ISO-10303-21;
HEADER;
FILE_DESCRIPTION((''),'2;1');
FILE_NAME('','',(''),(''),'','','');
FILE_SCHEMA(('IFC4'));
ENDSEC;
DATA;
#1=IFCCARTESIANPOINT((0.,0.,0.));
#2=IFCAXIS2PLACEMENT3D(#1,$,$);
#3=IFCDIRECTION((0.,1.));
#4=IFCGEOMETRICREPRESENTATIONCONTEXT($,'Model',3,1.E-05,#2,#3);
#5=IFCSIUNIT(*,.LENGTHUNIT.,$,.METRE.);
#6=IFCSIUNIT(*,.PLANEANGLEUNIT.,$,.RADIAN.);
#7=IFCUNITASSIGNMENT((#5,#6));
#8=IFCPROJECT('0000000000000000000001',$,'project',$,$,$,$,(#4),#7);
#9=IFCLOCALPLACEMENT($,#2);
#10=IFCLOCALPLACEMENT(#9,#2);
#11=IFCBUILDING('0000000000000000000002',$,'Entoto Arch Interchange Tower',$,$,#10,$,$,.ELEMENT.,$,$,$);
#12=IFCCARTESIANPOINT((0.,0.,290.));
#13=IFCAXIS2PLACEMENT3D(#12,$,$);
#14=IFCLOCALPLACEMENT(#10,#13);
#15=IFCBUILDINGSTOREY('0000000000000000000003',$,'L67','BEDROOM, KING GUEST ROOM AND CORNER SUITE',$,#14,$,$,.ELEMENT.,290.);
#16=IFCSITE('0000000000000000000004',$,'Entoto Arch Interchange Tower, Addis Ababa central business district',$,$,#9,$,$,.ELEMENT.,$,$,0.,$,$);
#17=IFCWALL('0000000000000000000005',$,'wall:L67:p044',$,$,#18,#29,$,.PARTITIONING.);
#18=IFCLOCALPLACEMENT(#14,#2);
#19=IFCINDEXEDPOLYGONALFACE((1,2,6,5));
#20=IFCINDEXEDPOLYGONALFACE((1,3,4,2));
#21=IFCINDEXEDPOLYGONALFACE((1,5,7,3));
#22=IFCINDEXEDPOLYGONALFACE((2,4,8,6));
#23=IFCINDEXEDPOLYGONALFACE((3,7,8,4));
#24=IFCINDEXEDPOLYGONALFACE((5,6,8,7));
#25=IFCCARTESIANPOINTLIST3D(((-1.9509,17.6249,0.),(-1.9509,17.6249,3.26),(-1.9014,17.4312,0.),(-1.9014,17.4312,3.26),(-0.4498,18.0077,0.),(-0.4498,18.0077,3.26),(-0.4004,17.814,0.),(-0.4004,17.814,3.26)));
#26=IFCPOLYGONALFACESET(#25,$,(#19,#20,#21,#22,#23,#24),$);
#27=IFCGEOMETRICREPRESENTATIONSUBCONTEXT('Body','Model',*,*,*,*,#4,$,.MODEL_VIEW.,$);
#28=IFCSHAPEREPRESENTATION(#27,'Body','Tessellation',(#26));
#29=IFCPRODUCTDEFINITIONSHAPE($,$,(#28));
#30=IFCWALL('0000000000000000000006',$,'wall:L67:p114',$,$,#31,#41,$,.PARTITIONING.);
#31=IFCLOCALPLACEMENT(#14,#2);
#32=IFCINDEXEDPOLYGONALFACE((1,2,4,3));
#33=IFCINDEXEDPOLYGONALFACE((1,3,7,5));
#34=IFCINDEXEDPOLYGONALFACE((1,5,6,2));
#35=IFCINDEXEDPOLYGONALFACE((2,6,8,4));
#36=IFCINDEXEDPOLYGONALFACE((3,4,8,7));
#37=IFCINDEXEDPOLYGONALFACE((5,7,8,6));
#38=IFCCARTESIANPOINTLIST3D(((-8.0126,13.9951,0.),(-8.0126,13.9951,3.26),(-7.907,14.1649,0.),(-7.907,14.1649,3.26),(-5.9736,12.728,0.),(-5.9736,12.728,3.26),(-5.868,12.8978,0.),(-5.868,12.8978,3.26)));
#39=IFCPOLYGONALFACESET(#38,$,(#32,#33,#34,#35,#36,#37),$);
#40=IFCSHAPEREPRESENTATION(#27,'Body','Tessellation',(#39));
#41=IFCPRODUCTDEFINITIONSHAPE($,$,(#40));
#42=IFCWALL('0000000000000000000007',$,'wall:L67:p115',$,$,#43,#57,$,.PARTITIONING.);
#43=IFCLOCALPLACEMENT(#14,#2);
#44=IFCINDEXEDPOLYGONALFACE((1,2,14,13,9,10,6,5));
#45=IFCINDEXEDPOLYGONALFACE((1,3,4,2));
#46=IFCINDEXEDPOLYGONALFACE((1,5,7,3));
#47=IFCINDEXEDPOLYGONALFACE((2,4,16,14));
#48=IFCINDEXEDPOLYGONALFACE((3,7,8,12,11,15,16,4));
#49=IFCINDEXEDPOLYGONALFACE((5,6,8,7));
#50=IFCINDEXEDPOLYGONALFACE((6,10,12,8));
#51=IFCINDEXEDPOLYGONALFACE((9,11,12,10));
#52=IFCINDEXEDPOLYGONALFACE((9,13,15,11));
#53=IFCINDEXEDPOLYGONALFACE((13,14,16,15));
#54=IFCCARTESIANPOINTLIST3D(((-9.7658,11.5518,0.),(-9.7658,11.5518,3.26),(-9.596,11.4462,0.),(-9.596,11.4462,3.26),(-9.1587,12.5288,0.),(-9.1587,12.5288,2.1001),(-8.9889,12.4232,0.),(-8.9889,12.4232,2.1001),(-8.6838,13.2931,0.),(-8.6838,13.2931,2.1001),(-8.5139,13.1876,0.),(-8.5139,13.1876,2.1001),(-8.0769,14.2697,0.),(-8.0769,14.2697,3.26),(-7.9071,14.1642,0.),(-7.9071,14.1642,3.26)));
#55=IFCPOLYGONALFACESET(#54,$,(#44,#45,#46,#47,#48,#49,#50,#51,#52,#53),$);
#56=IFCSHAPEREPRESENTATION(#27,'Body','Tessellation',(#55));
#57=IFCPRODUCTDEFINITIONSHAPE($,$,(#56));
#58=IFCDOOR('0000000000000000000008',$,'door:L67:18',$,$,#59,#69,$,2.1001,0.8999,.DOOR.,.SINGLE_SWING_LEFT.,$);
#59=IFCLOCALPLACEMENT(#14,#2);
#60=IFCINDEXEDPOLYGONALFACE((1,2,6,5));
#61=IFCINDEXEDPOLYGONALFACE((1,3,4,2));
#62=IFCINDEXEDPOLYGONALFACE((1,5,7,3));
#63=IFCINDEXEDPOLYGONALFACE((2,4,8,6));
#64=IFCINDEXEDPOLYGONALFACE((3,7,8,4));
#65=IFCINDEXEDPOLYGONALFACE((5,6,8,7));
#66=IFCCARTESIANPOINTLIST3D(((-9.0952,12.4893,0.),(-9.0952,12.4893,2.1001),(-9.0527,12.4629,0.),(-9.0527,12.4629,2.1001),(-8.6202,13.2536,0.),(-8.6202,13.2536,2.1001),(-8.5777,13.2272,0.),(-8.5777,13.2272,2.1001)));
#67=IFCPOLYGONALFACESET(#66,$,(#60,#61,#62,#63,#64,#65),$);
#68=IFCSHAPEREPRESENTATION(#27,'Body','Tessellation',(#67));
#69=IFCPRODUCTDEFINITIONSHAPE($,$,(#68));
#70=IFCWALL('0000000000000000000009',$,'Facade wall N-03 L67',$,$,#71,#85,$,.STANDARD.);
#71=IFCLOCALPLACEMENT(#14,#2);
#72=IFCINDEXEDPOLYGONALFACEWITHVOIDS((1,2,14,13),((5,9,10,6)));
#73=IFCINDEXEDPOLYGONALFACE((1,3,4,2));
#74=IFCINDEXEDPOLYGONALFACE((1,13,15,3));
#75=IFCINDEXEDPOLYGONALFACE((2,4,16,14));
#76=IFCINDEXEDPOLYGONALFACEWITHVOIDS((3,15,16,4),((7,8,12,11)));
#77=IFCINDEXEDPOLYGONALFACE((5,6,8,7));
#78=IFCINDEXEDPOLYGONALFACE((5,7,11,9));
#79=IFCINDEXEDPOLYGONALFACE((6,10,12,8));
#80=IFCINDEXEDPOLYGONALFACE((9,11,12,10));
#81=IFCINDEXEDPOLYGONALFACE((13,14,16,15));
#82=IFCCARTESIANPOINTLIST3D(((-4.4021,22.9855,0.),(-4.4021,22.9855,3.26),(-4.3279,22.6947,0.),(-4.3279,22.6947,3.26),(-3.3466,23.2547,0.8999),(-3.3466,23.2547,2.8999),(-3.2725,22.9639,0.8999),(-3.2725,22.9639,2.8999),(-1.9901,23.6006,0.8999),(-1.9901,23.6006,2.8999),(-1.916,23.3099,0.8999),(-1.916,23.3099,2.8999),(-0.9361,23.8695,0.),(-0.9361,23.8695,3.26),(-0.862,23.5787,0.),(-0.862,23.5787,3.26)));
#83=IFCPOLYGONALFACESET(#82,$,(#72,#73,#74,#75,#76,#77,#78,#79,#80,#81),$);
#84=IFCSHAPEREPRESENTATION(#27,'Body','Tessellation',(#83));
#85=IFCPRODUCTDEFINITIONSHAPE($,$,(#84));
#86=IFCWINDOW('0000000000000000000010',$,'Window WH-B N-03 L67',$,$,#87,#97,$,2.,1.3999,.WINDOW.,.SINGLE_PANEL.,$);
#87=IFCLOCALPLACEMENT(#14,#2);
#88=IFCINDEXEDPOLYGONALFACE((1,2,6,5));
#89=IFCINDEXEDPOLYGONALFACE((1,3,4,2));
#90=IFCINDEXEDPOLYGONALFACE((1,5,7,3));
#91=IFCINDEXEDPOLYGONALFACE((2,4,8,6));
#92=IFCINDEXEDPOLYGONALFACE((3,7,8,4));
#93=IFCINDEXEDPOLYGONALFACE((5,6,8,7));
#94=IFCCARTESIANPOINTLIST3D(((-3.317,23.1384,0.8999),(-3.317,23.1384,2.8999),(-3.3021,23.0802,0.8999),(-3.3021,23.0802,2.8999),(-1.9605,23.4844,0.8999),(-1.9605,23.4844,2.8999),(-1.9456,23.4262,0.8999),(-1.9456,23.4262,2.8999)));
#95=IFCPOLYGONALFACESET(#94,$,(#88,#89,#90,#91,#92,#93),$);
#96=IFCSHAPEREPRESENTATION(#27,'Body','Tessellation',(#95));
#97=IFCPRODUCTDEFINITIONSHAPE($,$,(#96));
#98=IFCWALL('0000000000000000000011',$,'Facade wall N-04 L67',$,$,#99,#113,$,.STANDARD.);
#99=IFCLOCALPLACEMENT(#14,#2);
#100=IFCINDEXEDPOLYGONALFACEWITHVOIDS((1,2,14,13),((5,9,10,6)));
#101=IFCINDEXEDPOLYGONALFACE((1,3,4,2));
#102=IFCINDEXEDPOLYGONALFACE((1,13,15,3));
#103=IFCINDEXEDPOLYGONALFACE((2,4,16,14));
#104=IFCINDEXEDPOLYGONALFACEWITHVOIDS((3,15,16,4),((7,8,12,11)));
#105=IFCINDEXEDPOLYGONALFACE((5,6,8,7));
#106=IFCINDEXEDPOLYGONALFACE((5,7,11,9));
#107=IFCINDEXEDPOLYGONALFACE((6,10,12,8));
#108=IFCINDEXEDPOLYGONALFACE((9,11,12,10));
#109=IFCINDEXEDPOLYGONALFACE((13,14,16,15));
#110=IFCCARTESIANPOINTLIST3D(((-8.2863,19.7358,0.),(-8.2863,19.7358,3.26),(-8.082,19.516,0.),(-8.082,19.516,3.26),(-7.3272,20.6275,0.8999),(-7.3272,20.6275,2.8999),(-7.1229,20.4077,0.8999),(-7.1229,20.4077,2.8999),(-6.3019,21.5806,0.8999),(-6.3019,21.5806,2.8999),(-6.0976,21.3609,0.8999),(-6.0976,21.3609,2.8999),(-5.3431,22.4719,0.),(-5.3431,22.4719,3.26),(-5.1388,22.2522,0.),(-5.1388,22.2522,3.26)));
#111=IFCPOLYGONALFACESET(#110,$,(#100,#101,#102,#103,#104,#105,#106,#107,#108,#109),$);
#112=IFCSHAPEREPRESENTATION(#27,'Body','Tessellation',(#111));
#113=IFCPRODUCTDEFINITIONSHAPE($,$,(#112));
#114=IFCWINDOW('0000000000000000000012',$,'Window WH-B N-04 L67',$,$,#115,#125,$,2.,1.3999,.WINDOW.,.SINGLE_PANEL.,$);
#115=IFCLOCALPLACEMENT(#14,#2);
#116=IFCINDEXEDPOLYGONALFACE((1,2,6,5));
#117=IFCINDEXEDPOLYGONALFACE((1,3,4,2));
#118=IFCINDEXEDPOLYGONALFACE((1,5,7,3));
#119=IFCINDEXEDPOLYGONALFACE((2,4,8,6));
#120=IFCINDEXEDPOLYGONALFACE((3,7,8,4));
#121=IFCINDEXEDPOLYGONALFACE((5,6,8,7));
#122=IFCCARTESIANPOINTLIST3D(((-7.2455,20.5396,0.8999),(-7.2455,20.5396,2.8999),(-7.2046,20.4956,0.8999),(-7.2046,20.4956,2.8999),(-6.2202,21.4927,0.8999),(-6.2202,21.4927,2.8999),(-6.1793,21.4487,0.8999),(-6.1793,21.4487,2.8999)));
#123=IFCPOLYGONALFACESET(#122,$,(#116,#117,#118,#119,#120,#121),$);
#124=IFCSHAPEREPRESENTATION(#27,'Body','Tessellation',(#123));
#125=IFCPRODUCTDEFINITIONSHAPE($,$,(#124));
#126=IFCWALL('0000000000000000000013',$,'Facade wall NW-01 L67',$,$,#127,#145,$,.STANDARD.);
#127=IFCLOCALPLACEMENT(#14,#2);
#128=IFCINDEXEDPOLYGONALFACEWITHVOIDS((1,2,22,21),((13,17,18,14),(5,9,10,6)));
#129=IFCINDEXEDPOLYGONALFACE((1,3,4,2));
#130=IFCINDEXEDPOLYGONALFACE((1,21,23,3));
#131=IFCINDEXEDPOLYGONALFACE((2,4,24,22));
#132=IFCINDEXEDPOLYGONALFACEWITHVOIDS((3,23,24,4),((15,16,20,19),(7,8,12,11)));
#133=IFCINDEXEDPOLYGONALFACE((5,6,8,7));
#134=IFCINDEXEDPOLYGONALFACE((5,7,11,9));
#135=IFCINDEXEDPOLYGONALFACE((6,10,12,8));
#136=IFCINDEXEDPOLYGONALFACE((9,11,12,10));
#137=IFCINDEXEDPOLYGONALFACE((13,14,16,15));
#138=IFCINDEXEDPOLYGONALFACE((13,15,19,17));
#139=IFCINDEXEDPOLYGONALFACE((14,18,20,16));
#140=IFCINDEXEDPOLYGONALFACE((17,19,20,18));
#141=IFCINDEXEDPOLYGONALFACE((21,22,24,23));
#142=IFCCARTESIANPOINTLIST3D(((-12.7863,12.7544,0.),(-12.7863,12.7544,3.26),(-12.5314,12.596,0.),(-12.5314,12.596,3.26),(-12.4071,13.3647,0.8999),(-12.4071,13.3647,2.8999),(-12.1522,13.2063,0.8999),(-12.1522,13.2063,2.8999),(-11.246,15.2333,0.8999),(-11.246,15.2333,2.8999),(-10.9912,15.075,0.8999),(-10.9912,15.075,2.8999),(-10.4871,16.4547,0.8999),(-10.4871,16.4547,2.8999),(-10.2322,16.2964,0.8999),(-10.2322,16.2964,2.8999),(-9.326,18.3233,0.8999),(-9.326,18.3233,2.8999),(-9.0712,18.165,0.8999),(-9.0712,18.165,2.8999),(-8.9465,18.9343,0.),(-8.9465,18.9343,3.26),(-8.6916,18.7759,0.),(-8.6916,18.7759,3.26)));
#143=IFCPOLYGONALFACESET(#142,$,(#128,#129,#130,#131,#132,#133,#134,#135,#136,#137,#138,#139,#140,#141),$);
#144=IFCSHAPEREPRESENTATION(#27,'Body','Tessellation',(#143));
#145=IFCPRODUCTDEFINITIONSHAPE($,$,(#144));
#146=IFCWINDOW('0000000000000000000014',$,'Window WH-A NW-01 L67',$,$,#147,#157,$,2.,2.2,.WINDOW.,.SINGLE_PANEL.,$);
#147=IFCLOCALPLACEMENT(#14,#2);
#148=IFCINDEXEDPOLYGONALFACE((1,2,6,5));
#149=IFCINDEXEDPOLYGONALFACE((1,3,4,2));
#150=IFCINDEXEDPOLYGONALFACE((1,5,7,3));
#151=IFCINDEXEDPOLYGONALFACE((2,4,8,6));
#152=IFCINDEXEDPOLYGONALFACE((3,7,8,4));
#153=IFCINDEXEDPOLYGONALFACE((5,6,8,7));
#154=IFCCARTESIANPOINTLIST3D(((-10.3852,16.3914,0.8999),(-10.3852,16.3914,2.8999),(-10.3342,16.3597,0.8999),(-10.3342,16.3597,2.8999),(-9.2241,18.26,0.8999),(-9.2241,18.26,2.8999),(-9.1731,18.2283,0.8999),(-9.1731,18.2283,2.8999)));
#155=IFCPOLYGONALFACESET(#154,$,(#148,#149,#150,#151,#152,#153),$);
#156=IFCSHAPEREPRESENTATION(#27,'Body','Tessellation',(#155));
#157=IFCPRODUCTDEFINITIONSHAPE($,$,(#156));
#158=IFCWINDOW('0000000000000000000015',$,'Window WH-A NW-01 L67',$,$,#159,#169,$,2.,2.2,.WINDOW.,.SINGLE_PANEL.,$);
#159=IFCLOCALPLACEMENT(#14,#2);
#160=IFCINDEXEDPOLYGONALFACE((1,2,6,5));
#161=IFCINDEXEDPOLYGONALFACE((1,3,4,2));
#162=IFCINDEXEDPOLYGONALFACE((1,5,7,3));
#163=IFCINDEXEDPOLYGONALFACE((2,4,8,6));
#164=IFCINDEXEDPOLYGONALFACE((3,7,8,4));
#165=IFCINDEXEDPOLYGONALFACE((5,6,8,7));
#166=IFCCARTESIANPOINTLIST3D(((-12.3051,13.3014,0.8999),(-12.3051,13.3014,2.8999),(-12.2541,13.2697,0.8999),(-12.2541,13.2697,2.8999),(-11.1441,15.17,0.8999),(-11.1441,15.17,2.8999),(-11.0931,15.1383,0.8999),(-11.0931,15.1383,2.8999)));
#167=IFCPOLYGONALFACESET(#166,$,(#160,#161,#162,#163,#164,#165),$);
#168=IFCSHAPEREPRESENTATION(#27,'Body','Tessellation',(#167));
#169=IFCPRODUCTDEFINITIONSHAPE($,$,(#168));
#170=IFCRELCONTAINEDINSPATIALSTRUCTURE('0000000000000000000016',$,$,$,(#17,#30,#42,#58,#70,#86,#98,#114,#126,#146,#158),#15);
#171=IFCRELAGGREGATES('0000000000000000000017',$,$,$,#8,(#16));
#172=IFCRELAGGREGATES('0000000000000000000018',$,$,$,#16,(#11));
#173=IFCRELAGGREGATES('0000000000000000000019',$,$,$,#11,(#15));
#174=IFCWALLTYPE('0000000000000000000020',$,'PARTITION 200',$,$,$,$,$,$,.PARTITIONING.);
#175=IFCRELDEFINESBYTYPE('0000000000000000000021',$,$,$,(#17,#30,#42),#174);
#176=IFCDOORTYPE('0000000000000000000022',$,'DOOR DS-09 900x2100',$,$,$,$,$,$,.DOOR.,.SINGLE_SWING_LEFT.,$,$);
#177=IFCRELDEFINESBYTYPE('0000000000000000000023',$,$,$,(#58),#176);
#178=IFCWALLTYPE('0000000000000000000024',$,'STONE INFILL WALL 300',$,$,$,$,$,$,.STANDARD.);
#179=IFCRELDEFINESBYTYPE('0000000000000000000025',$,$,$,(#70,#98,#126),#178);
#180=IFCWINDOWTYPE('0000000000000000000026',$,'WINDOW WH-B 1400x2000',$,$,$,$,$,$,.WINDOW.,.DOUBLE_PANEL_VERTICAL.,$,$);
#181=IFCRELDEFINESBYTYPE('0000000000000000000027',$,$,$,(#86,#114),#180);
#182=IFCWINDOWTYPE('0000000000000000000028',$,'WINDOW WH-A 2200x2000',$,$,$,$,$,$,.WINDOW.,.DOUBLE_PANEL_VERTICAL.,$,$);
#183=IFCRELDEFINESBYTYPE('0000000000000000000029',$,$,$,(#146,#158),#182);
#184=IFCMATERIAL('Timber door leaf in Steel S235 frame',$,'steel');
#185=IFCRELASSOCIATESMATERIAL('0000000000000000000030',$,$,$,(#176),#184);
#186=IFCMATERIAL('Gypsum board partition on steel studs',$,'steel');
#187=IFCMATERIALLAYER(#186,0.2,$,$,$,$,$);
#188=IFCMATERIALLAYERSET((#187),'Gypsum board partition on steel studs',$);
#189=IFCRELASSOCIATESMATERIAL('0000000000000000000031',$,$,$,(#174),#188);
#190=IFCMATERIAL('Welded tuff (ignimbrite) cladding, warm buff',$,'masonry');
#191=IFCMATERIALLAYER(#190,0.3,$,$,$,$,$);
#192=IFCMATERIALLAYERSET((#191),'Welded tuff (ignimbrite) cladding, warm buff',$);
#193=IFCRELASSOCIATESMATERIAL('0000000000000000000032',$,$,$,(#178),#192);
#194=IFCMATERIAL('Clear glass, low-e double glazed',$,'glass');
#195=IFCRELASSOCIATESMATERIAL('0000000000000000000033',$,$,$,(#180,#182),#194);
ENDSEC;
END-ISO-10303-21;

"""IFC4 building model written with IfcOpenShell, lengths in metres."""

from ifc_helpers import new_model, si_unit, direction, frame, frame_2d, origin, place, context, subcontext, project, spatial, rectangle, extrude, material, layer, layer_set, type_object, element, fill, save


model = new_model("IFC4")

# Units and contexts
model_context = context("Model", 3, precision=1e-05, world=origin(), true_north=direction((0.0, 1.0)))
body_context = subcontext(model_context, "Body", "Model", "MODEL_VIEW")
ifc_project = project(units=[si_unit("LENGTHUNIT", "METRE"), si_unit("PLANEANGLEUNIT", "RADIAN")], contexts=[model_context])

# Site, building, storey
site_placement = place(None, origin())
site = spatial("IfcSite", under=ifc_project, at=site_placement, Name="Entoto Arch Interchange Tower, Addis Ababa central business district", CompositionType="ELEMENT", RefElevation=0.0)
building_placement = place(site_placement, origin())
building = spatial("IfcBuilding", under=site, at=building_placement, Name="Entoto Arch Interchange Tower", CompositionType="ELEMENT")
storey_placement = place(building_placement, frame((0.0, 0.0, 290.0)))
storey = spatial("IfcBuildingStorey", under=building, at=storey_placement, Name="L67", Description="BEDROOM, KING GUEST ROOM AND CORNER SUITE", CompositionType="ELEMENT", Elevation=290.0)

# Shared definitions
ifc_material_1 = material(Name="Gypsum board partition on steel studs", Category="steel")
ifc_material_2 = material(Name="Timber door leaf in Steel S235 frame", Category="steel")
door_type_1 = type_object("IfcDoorType", Name="DOOR DS-09 900x2100", OperationType="SINGLE_SWING_LEFT", PredefinedType="DOOR", material=ifc_material_2)

# Shared definitions
ifc_layer_1 = layer(ifc_material_1, 0.2)
ifc_layer_set_1 = layer_set([ifc_layer_1], Name="Gypsum board partition on steel studs")
wall_type_1 = type_object("IfcWallType", Name="PARTITION 200", PredefinedType="PARTITIONING", material=ifc_layer_set_1)

# Walls
wall_1_placement = place(storey_placement, frame((-1.926, 17.5281, 0.0), z_axis=(0.0, 0.0, 1.0), x_axis=(0.968982, 0.247131, 0.0)))
element("IfcWall", 1, at=wall_1_placement, inside=storey, type_object=wall_type_1, Name="wall:L67:p044", PredefinedType="PARTITIONING", context=body_context, shape_type="SweptSolid", body=[
    extrude(rectangle(XDim=1.5491, YDim=0.2, at=frame_2d((0.7744, 0.0))), origin(), (0.0, 0.0, 1.0), 3.26),
])
wall_2_placement = place(storey_placement, frame((-5.9209, 12.813, 0.0), z_axis=(0.0, 0.0, 1.0), x_axis=(-0.849367, 0.527803, 0.0)))
element("IfcWall", 2, at=wall_2_placement, inside=storey, type_object=wall_type_1, Name="wall:L67:p114", PredefinedType="PARTITIONING", context=body_context, shape_type="SweptSolid", body=[
    extrude(rectangle(XDim=2.4006, YDim=0.2, at=frame_2d((1.2002, 0.0))), origin(), (0.0, 0.0, 1.0), 3.26),
])

# Wall, opening, door
wall_3_placement = place(storey_placement, frame((-7.9919, 14.217, 0.0), z_axis=(0.0, 0.0, 1.0), x_axis=(-0.527796, -0.849371, 0.0)))
wall_3 = element("IfcWall", 3, at=wall_3_placement, inside=storey, type_object=wall_type_1, Name="wall:L67:p115", PredefinedType="PARTITIONING", context=body_context, shape_type="SweptSolid", body=[
    extrude(rectangle(XDim=3.2, YDim=0.2, at=frame_2d((1.6001, 0.0))), origin(), (0.0, 0.0, 1.0), 3.26),
])
opening_1_placement = place(wall_3_placement, frame((1.1499, 0.0, 0.0)))
opening_1 = element("IfcOpeningElement", 4, at=opening_1_placement, cuts=wall_3, PredefinedType="OPENING", context=body_context, shape_type="SweptSolid", body=[
    extrude(rectangle(XDim=0.8999, YDim=2.1001, at=frame_2d((0.45, 1.05))), frame((0.0, 0.1099, 0.0), z_axis=(0.0, -1.0, 0.0), x_axis=(1.0, 0.0, 0.0)), (0.0, 0.0, 1.0), 0.22),
])
door_1_placement = place(opening_1_placement, origin())
door_1 = element("IfcDoor", 5, at=door_1_placement, inside=storey, type_object=door_type_1, Name="door:L67:18", OperationType="SINGLE_SWING_LEFT", OverallHeight=2.1001, OverallWidth=0.8999, PredefinedType="DOOR", context=body_context, shape_type="SweptSolid", body=[
    extrude(rectangle(XDim=0.8999, YDim=2.1001, at=frame_2d((0.45, 1.05))), frame((0.0, 0.0249, 0.0), z_axis=(0.0, -1.0, 0.0), x_axis=(1.0, 0.0, 0.0)), (0.0, 0.0, 1.0), 0.05),
])
fill(opening_1, door_1)

# Walls, openings, windows
ifc_material_3 = material(Name="Welded tuff (ignimbrite) cladding, warm buff", Category="masonry")
ifc_layer_2 = layer(ifc_material_3, 0.3)
ifc_layer_set_2 = layer_set([ifc_layer_2], Name="Welded tuff (ignimbrite) cladding, warm buff")
wall_type_2 = type_object("IfcWallType", Name="STONE INFILL WALL 300", PredefinedType="STANDARD", material=ifc_layer_set_2)
wall_4_placement = place(storey_placement, frame((-0.8989, 23.7241, 0.0), z_axis=(0.0, 0.0, 1.0), x_axis=(-0.968979, -0.247142, 0.0)))
wall_4 = element("IfcWall", 6, at=wall_4_placement, inside=storey, type_object=wall_type_2, Name="Facade wall N-03 L67", PredefinedType="STANDARD", context=body_context, shape_type="SweptSolid", body=[
    extrude(rectangle(XDim=3.5769, YDim=0.3, at=frame_2d((1.7886, 0.0))), origin(), (0.0, 0.0, 1.0), 3.26),
])
opening_2_placement = place(wall_4_placement, frame((1.0879, 0.0, 0.8999)))
opening_2 = element("IfcOpeningElement", 7, at=opening_2_placement, cuts=wall_4, PredefinedType="OPENING", context=body_context, shape_type="SweptSolid", body=[
    extrude(rectangle(XDim=1.3999, YDim=2.0, at=frame_2d((0.7, 1.0))), frame((0.0, 0.1602, 0.0), z_axis=(0.0, -1.0, 0.0), x_axis=(1.0, 0.0, 0.0)), (0.0, 0.0, 1.0), 0.3201),
])
ifc_material_4 = material(Name="Clear glass, low-e double glazed", Category="glass")
window_type_1 = type_object("IfcWindowType", Name="WINDOW WH-B 1400x2000", PartitioningType="DOUBLE_PANEL_VERTICAL", PredefinedType="WINDOW", material=ifc_material_4)
window_1_placement = place(opening_2_placement, origin())
window_1 = element("IfcWindow", 8, at=window_1_placement, inside=storey, type_object=window_type_1, Name="Window WH-B N-03 L67", OverallHeight=2.0, OverallWidth=1.3999, PartitioningType="SINGLE_PANEL", PredefinedType="WINDOW", context=body_context, shape_type="SweptSolid", body=[
    extrude(rectangle(XDim=1.3999, YDim=2.0, at=frame_2d((0.7, 1.0))), frame((0.0, 0.03, 0.0), z_axis=(0.0, -1.0, 0.0), x_axis=(1.0, 0.0, 0.0)), (0.0, 0.0, 1.0), 0.0601),
])
fill(opening_2, window_1)
wall_5_placement = place(storey_placement, frame((-5.241, 22.3621, 0.0), z_axis=(0.0, 0.0, 1.0), x_axis=(-0.732397, -0.680877, 0.0)))
wall_5 = element("IfcWall", 9, at=wall_5_placement, inside=storey, type_object=wall_type_2, Name="Facade wall N-04 L67", PredefinedType="STANDARD", context=body_context, shape_type="SweptSolid", body=[
    extrude(rectangle(XDim=4.0186, YDim=0.3, at=frame_2d((2.0093, 0.0))), origin(), (0.0, 0.0, 1.0), 3.26),
])
opening_3_placement = place(wall_5_placement, frame((1.3091, 0.0, 0.8999)))
opening_3 = element("IfcOpeningElement", 10, at=opening_3_placement, cuts=wall_5, PredefinedType="OPENING", context=body_context, shape_type="SweptSolid", body=[
    extrude(rectangle(XDim=1.3999, YDim=2.0, at=frame_2d((0.7, 1.0))), frame((0.0, 0.1602, 0.0), z_axis=(0.0, -1.0, 0.0), x_axis=(1.0, 0.0, 0.0)), (0.0, 0.0, 1.0), 0.3201),
])
window_2_placement = place(opening_3_placement, origin())
window_2 = element("IfcWindow", 11, at=window_2_placement, inside=storey, type_object=window_type_1, Name="Window WH-B N-04 L67", OverallHeight=2.0, OverallWidth=1.3999, PartitioningType="SINGLE_PANEL", PredefinedType="WINDOW", context=body_context, shape_type="SweptSolid", body=[
    extrude(rectangle(XDim=1.3999, YDim=2.0, at=frame_2d((0.7, 1.0))), frame((0.0, 0.03, 0.0), z_axis=(0.0, -1.0, 0.0), x_axis=(1.0, 0.0, 0.0)), (0.0, 0.0, 1.0), 0.0601),
])
fill(opening_3, window_2)

# Wall, openings, windows
wall_6_placement = place(storey_placement, frame((-8.8191, 18.855, 0.0), z_axis=(0.0, 0.0, 1.0), x_axis=(-0.527762, -0.849392, 0.0)))
wall_6 = element("IfcWall", 12, at=wall_6_placement, inside=storey, type_object=wall_type_2, Name="Facade wall NW-01 L67", PredefinedType="STANDARD", context=body_context, shape_type="SweptSolid", body=[
    extrude(rectangle(XDim=7.2756, YDim=0.3, at=frame_2d((3.6377, 0.0))), origin(), (0.0, 0.0, 1.0), 3.26),
])
opening_4_placement = place(wall_6_placement, frame((0.719, 0.0, 0.8999)))
opening_4 = element("IfcOpeningElement", 13, at=opening_4_placement, cuts=wall_6, PredefinedType="OPENING", context=body_context, shape_type="SweptSolid", body=[
    extrude(rectangle(XDim=2.2, YDim=2.0, at=frame_2d((1.1001, 1.0))), frame((0.0, 0.1602, 0.0), z_axis=(0.0, -1.0, 0.0), x_axis=(1.0, 0.0, 0.0)), (0.0, 0.0, 1.0), 0.3201),
])
opening_5_placement = place(wall_6_placement, frame((4.3569, 0.0, 0.8999)))
opening_5 = element("IfcOpeningElement", 14, at=opening_5_placement, cuts=wall_6, PredefinedType="OPENING", context=body_context, shape_type="SweptSolid", body=[
    extrude(rectangle(XDim=2.2, YDim=2.0, at=frame_2d((1.1001, 1.0))), frame((0.0, 0.1602, 0.0), z_axis=(0.0, -1.0, 0.0), x_axis=(1.0, 0.0, 0.0)), (0.0, 0.0, 1.0), 0.3201),
])
window_type_2 = type_object("IfcWindowType", Name="WINDOW WH-A 2200x2000", PartitioningType="DOUBLE_PANEL_VERTICAL", PredefinedType="WINDOW", material=ifc_material_4)
window_3_placement = place(opening_4_placement, origin())
window_3 = element("IfcWindow", 15, at=window_3_placement, inside=storey, type_object=window_type_2, Name="Window WH-A NW-01 L67", OverallHeight=2.0, OverallWidth=2.2, PartitioningType="SINGLE_PANEL", PredefinedType="WINDOW", context=body_context, shape_type="SweptSolid", body=[
    extrude(rectangle(XDim=2.2, YDim=2.0, at=frame_2d((1.1001, 1.0))), frame((0.0, 0.03, 0.0), z_axis=(0.0, -1.0, 0.0), x_axis=(1.0, 0.0, 0.0)), (0.0, 0.0, 1.0), 0.0601),
])
fill(opening_4, window_3)
window_4_placement = place(opening_5_placement, origin())
window_4 = element("IfcWindow", 16, at=window_4_placement, inside=storey, type_object=window_type_2, Name="Window WH-A NW-01 L67", OverallHeight=2.0, OverallWidth=2.2, PartitioningType="SINGLE_PANEL", PredefinedType="WINDOW", context=body_context, shape_type="SweptSolid", body=[
    extrude(rectangle(XDim=2.2, YDim=2.0, at=frame_2d((1.1001, 1.0))), frame((0.0, 0.03, 0.0), z_axis=(0.0, -1.0, 0.0), x_axis=(1.0, 0.0, 0.0)), (0.0, 0.0, 1.0), 0.0601),
])
fill(opening_5, window_4)

save(model, "model.ifc")
